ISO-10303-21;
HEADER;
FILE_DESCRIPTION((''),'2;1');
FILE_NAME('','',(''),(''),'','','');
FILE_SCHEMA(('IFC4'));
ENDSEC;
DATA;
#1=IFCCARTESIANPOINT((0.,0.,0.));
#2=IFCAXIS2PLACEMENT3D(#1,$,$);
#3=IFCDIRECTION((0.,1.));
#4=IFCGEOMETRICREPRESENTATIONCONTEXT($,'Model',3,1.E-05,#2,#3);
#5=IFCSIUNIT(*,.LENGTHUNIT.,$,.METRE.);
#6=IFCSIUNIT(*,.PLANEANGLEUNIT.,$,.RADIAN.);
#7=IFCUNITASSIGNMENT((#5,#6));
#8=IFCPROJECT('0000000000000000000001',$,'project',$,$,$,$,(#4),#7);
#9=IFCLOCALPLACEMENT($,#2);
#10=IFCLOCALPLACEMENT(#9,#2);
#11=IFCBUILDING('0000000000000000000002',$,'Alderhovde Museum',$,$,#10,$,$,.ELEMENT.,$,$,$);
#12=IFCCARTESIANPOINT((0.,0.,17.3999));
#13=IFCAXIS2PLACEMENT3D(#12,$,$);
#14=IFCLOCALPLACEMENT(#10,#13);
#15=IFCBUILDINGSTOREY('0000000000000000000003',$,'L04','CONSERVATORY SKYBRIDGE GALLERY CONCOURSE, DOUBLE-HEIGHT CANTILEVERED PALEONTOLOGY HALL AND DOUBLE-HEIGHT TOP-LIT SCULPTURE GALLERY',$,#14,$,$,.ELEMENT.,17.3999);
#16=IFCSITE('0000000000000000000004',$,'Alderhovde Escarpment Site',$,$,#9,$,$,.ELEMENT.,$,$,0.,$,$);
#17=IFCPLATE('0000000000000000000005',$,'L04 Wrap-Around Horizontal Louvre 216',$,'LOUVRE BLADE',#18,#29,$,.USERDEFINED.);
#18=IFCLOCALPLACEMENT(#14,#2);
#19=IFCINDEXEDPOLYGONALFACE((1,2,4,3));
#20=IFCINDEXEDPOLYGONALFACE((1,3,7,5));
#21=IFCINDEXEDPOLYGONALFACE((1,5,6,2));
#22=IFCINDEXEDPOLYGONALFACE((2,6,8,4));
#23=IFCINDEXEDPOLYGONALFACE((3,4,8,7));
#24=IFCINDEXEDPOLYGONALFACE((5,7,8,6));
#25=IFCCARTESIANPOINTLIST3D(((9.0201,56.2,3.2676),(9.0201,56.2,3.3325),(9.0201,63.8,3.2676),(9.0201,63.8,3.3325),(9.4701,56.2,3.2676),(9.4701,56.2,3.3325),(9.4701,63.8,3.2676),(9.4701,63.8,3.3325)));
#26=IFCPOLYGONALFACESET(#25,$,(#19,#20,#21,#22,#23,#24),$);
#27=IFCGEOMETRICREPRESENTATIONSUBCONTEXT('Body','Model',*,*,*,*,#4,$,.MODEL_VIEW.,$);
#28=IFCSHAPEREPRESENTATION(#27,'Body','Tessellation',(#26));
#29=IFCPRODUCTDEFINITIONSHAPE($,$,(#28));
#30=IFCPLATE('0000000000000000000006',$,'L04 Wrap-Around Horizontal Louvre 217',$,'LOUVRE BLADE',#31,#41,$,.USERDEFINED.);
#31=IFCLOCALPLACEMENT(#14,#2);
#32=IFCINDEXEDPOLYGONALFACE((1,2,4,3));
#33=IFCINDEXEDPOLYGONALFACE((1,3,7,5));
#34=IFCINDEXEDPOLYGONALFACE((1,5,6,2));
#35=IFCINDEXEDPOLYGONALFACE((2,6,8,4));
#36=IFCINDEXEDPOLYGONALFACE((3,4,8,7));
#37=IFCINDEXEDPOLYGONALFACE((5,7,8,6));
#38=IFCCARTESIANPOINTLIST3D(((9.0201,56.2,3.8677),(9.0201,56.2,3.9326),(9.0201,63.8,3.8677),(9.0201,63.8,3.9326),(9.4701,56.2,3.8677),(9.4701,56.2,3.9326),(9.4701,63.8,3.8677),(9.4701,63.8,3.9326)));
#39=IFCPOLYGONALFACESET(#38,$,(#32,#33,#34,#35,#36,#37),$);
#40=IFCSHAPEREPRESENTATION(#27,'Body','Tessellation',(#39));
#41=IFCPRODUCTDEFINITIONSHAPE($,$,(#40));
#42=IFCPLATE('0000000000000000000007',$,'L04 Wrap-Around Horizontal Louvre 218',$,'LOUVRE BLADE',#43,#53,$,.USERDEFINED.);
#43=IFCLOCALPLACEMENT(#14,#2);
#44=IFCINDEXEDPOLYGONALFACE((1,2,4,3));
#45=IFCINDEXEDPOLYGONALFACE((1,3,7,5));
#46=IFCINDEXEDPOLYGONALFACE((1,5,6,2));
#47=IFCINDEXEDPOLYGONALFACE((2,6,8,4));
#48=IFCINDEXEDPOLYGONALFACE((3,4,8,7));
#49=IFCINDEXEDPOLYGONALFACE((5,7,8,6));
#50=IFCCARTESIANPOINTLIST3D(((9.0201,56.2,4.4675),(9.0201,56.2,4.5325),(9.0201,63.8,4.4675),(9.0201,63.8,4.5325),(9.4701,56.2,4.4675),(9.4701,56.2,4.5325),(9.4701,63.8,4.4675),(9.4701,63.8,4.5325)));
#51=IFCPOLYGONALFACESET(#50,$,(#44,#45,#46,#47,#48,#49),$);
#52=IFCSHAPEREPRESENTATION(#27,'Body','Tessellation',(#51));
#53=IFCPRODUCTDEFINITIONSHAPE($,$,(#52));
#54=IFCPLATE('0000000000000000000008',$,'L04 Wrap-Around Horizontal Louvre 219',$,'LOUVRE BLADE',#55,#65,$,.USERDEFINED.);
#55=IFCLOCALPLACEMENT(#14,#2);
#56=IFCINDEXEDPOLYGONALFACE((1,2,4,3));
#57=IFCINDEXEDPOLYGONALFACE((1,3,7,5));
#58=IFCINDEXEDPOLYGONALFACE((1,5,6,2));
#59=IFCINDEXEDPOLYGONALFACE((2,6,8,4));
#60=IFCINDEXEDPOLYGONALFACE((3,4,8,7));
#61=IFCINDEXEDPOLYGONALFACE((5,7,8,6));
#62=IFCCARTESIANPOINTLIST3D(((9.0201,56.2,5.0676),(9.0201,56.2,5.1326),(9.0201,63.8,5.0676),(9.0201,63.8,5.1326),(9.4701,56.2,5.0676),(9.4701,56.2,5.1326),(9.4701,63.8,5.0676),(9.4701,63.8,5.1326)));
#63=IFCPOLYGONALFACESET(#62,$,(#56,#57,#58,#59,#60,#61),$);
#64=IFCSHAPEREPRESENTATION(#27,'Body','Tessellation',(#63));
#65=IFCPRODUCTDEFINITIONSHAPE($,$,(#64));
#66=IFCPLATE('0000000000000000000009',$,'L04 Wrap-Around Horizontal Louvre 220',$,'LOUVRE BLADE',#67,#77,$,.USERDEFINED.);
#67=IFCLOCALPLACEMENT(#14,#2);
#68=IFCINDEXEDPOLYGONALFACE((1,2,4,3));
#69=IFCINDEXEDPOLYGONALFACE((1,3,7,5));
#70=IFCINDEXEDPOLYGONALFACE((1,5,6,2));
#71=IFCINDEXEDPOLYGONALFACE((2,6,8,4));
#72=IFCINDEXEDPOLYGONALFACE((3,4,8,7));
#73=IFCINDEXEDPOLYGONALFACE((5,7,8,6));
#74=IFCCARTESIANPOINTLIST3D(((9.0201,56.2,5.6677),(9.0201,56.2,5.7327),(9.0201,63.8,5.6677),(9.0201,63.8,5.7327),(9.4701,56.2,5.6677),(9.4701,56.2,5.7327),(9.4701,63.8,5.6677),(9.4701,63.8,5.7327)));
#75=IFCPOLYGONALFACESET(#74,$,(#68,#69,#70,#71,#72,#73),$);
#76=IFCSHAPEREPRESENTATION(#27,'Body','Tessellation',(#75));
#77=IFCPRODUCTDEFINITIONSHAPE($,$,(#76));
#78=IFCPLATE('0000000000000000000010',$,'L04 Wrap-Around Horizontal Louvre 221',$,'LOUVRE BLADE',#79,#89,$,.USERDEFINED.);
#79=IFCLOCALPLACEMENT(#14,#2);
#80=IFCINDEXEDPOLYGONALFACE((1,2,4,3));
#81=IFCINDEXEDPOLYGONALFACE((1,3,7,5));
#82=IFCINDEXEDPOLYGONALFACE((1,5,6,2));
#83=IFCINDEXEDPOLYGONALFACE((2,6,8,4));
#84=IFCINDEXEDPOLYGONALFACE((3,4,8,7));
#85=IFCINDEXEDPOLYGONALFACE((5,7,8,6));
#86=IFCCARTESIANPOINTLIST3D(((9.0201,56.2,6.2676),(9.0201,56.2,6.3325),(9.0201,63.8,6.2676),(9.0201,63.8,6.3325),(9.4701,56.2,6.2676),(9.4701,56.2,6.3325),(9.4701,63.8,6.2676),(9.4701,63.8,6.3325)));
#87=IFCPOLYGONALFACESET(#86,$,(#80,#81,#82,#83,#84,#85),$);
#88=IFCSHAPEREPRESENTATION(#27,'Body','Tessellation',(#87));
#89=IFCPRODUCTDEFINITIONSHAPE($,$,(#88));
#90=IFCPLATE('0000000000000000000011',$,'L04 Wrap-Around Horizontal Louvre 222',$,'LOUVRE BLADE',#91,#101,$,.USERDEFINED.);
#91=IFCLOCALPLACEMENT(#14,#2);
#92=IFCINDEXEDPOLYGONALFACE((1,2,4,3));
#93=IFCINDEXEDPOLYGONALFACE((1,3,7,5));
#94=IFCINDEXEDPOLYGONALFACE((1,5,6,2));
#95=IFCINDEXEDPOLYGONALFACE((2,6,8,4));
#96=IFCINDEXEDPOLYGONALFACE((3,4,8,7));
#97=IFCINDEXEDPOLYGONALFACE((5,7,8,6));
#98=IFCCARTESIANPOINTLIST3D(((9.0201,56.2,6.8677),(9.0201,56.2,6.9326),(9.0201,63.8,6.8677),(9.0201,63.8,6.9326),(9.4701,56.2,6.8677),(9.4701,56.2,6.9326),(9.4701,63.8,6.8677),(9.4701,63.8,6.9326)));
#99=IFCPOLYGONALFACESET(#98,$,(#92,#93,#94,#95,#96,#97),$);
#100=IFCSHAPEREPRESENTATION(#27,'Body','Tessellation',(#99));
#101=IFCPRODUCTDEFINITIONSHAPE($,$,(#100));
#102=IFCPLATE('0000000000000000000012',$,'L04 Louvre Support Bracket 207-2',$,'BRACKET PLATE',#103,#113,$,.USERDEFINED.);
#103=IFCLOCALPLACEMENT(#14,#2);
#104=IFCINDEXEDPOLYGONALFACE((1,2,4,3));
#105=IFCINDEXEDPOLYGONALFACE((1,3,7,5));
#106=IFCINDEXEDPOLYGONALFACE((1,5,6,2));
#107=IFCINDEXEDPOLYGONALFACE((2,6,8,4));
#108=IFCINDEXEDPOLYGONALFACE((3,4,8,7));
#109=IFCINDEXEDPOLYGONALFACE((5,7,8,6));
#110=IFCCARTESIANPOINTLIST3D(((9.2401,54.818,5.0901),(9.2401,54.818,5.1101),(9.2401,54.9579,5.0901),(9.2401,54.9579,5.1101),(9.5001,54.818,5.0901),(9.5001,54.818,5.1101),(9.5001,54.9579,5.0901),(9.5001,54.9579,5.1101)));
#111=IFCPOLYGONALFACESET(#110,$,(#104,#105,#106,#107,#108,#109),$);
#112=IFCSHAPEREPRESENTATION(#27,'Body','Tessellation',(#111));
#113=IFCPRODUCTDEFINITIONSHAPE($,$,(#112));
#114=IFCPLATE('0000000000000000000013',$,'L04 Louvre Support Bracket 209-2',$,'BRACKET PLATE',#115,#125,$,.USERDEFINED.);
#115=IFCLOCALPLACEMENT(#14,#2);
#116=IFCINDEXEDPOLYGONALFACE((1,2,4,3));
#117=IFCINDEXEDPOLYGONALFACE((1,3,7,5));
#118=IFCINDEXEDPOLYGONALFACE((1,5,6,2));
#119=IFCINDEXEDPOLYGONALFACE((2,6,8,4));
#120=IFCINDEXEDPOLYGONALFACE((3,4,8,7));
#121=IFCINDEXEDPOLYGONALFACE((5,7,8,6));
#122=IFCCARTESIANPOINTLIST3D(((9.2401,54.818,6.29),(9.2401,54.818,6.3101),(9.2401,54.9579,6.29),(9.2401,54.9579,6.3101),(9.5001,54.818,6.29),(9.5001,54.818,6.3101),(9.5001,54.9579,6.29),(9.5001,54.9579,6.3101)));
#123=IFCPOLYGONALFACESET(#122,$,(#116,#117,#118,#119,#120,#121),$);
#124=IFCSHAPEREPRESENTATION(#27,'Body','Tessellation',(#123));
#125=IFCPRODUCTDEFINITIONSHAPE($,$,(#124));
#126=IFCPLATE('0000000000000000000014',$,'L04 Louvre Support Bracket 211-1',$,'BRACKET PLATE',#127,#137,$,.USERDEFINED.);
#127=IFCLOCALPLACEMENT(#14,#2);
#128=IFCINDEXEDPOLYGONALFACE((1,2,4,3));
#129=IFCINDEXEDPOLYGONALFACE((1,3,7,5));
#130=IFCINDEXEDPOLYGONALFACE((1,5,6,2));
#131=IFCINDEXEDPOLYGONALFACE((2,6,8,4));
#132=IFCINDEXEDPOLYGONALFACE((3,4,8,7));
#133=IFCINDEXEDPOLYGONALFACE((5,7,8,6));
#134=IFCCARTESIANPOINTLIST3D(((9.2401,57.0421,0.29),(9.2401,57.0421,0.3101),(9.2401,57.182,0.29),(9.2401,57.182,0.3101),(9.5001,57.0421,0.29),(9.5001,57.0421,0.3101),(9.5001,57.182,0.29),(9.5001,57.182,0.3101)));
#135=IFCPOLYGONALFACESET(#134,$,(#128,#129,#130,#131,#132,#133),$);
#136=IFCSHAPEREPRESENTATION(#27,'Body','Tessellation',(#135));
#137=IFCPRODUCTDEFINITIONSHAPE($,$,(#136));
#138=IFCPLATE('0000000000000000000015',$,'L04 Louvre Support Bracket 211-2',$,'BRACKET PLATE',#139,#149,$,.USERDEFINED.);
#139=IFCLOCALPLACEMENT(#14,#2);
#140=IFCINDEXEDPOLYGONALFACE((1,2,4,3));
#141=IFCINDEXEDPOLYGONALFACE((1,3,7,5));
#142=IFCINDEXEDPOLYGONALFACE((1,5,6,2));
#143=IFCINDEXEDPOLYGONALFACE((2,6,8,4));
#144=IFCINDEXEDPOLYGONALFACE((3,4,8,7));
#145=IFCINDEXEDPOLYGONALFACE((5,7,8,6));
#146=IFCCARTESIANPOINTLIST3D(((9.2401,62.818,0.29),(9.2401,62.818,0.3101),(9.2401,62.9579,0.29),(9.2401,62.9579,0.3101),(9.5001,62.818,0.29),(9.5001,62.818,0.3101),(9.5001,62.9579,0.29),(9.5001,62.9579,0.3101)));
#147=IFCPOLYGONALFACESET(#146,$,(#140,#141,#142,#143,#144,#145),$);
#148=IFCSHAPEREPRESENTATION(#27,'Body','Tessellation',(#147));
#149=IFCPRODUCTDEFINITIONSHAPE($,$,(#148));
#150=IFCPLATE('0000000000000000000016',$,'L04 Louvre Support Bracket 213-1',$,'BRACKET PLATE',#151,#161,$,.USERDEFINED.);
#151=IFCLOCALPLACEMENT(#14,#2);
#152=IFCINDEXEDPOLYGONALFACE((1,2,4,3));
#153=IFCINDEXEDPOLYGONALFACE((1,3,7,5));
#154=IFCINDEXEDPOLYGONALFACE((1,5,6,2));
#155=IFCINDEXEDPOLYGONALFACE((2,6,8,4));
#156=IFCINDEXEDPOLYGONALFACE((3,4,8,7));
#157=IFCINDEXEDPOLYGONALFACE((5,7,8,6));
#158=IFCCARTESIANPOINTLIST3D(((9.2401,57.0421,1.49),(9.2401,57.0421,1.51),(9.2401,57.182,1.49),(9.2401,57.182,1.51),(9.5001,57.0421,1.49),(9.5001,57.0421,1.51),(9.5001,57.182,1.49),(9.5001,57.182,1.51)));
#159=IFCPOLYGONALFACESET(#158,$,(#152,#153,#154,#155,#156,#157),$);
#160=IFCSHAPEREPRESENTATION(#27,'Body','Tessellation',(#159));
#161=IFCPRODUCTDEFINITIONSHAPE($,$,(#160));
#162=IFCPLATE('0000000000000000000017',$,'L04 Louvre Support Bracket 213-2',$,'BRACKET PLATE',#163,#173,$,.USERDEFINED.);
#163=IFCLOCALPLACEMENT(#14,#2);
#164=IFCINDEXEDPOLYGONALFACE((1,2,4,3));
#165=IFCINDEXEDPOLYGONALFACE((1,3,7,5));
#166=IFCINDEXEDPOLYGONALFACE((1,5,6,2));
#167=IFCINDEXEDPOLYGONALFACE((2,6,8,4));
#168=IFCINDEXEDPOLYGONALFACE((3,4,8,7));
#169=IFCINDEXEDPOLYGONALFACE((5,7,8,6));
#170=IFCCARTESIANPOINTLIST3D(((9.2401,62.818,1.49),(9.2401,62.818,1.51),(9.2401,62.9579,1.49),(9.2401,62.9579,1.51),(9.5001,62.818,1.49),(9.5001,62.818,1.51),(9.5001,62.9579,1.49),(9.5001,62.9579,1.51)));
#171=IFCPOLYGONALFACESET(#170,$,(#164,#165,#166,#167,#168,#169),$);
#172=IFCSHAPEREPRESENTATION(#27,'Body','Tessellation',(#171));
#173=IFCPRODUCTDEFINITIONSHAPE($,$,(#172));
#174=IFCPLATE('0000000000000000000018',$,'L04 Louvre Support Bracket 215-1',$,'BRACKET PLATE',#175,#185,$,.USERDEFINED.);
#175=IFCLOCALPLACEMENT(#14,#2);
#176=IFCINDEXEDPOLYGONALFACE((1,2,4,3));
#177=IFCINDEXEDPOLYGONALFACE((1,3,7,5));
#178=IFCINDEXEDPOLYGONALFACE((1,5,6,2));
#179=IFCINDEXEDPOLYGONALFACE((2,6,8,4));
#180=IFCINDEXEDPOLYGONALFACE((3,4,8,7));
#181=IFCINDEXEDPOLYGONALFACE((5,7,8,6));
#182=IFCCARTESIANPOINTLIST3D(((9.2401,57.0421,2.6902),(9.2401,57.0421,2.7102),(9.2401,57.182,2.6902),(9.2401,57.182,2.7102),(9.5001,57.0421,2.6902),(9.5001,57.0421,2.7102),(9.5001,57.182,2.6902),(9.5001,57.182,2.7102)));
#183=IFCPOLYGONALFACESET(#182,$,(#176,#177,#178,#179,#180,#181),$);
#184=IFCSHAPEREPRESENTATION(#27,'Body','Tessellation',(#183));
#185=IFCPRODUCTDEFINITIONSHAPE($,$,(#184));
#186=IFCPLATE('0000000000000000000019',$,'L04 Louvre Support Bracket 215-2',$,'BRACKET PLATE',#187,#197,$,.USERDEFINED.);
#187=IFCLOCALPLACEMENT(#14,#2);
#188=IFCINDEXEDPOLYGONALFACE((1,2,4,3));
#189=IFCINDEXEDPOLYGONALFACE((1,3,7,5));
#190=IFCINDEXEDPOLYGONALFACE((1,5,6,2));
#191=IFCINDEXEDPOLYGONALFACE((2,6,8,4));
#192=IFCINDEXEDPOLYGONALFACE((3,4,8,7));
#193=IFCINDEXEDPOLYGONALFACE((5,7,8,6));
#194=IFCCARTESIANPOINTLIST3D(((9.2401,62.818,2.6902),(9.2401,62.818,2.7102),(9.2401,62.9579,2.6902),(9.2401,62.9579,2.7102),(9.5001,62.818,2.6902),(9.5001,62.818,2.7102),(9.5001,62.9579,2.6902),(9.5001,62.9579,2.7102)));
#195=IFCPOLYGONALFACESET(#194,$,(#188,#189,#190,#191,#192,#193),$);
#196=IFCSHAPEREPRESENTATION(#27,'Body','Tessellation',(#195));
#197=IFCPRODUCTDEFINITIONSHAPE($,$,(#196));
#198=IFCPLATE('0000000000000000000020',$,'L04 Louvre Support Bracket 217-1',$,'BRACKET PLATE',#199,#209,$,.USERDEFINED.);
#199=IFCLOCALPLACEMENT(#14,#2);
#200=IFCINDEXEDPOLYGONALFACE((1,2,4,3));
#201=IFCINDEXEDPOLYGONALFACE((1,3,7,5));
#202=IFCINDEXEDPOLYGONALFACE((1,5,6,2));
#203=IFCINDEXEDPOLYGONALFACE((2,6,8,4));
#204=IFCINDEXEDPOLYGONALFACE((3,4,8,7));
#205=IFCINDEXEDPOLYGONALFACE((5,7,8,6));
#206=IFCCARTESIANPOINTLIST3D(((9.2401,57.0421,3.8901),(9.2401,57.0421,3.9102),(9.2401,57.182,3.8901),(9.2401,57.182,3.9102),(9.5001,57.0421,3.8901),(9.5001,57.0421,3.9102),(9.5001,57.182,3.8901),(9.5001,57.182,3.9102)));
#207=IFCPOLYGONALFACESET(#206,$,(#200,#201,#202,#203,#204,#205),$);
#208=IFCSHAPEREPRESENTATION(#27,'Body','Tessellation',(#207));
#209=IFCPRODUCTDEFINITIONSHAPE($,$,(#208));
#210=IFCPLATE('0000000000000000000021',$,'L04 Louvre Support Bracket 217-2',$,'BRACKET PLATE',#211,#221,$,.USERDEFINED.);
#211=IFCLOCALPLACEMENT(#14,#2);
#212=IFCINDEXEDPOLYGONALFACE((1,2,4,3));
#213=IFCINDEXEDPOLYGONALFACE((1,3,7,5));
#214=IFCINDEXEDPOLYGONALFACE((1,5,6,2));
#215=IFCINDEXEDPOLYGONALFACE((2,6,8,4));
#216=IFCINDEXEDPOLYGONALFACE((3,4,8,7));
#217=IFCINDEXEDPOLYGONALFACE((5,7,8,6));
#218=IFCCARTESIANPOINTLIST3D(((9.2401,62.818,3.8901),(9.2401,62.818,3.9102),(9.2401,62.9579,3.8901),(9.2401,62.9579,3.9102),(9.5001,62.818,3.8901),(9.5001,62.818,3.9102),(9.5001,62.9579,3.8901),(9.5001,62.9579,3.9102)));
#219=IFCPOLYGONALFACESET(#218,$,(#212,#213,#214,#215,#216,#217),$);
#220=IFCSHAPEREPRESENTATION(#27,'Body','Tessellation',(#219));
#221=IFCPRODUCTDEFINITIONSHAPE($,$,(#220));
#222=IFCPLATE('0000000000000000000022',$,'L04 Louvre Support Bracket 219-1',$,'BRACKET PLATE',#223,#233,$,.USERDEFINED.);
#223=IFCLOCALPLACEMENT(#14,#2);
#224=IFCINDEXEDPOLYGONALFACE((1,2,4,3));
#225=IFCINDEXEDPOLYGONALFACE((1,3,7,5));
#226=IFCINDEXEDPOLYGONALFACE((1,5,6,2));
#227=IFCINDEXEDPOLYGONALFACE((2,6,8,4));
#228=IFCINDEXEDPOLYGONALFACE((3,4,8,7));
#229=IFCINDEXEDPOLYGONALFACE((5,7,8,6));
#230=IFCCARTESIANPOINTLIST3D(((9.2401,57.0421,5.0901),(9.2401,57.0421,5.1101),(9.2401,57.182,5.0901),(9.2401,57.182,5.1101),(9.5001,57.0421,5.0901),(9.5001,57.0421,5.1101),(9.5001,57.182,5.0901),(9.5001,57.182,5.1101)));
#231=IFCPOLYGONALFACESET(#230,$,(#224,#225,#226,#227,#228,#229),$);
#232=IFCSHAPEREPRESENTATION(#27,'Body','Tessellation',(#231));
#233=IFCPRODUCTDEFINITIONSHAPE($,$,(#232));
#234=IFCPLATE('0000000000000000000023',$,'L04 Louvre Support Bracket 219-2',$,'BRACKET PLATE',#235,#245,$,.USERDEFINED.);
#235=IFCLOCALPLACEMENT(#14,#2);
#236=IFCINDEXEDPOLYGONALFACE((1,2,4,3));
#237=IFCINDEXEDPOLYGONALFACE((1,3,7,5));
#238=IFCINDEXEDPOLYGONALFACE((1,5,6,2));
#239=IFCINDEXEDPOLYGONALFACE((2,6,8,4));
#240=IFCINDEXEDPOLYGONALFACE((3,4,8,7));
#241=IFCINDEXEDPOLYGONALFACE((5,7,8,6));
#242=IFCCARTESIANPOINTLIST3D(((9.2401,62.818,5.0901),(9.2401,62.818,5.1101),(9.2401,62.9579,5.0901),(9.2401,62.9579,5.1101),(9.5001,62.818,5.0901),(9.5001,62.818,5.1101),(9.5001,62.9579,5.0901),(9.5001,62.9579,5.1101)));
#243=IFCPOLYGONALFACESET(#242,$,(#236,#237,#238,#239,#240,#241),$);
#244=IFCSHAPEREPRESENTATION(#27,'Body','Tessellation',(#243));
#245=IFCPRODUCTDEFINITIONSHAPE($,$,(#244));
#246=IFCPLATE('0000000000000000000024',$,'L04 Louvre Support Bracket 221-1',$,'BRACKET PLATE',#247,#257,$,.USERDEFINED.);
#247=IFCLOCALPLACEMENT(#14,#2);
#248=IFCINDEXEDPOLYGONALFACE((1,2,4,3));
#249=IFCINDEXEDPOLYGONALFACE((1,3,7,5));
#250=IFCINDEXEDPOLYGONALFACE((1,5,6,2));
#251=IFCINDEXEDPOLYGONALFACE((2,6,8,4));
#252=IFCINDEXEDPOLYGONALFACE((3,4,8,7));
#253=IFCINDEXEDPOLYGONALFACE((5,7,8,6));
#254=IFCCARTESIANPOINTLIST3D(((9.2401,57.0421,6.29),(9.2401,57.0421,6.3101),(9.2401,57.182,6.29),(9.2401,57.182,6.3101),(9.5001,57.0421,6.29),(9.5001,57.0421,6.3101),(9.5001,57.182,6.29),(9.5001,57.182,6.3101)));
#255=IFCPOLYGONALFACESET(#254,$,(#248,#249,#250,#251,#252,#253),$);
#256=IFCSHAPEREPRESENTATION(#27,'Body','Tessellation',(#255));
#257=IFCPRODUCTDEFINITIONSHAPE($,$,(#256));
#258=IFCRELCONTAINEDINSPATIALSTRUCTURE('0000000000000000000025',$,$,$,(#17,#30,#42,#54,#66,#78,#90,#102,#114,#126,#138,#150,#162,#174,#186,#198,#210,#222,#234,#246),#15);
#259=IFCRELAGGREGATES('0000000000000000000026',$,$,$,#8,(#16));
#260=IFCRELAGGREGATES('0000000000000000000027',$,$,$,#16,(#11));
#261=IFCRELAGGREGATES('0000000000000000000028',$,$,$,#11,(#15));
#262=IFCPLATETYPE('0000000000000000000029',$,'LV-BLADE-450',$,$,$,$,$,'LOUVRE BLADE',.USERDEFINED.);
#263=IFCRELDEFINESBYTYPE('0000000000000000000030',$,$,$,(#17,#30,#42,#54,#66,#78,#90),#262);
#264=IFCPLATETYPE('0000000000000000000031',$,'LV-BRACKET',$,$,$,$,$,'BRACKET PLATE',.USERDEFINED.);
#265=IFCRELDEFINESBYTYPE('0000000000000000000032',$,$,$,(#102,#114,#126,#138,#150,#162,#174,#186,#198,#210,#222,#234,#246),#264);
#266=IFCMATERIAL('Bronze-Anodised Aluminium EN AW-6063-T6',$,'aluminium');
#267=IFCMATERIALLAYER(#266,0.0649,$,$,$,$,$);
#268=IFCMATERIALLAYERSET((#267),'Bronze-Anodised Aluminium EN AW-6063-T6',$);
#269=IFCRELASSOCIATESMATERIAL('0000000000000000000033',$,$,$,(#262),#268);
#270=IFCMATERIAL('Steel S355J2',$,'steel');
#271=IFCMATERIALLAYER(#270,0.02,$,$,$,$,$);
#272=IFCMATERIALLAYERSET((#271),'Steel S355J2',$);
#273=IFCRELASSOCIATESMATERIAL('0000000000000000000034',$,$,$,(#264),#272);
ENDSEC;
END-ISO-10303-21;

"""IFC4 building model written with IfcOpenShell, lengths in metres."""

from ifc_helpers import new_model, si_unit, direction, frame, origin, origin_2d, place, context, subcontext, project, spatial, rectangle, extrude, material, layer, layer_set, type_object, element, save


model = new_model("IFC4")

# Units and contexts
model_context = context("Model", 3, precision=1e-05, world=origin(), true_north=direction((0.0, 1.0)))
body_context = subcontext(model_context, "Body", "Model", "MODEL_VIEW")
ifc_project = project(units=[si_unit("LENGTHUNIT", "METRE"), si_unit("PLANEANGLEUNIT", "RADIAN")], contexts=[model_context])

# Site, building, storey
site_placement = place(None, origin())
site = spatial("IfcSite", under=ifc_project, at=site_placement, Name="Alderhovde Escarpment Site", CompositionType="ELEMENT", RefElevation=0.0)
building_placement = place(site_placement, origin())
building = spatial("IfcBuilding", under=site, at=building_placement, Name="Alderhovde Museum", CompositionType="ELEMENT")
storey_placement = place(building_placement, frame((0.0, 0.0, 17.3999)))
storey = spatial("IfcBuildingStorey", under=building, at=storey_placement, Name="L04", Description="CONSERVATORY SKYBRIDGE GALLERY CONCOURSE, DOUBLE-HEIGHT CANTILEVERED PALEONTOLOGY HALL AND DOUBLE-HEIGHT TOP-LIT SCULPTURE GALLERY", CompositionType="ELEMENT", Elevation=17.3999)

# Plates
ifc_material_1 = material(Name="Bronze-Anodised Aluminium EN AW-6063-T6", Category="aluminium")
ifc_layer_1 = layer(ifc_material_1, 0.0649)
ifc_layer_set_1 = layer_set([ifc_layer_1], Name="Bronze-Anodised Aluminium EN AW-6063-T6")
plate_type_1 = type_object("IfcPlateType", Name="LV-BLADE-450", ElementType="LOUVRE BLADE", PredefinedType="USERDEFINED", material=ifc_layer_set_1)
for number, where, z_axis, x_axis, name in (
    (1, (9.2451, 60.0, 3.2676), (0.0, 0.0, 1.0), (0.0, 1.0, 0.0), "L04 Wrap-Around Horizontal Louvre 216"),
    (2, (9.2451, 60.0, 3.8677), (0.0, 0.0, 1.0), (0.0, 1.0, 0.0), "L04 Wrap-Around Horizontal Louvre 217"),
    (3, (9.2451, 60.0, 4.4675), (0.0, 0.0, 1.0), (0.0, 1.0, 0.0), "L04 Wrap-Around Horizontal Louvre 218"),
    (4, (9.2451, 60.0, 5.0676), (0.0, 0.0, 1.0), (0.0, 1.0, 0.0), "L04 Wrap-Around Horizontal Louvre 219"),
    (5, (9.2451, 60.0, 5.6677), (0.0, 0.0, 1.0), (0.0, 1.0, 0.0), "L04 Wrap-Around Horizontal Louvre 220"),
    (6, (9.2451, 60.0, 6.2676), (0.0, 0.0, 1.0), (0.0, 1.0, 0.0), "L04 Wrap-Around Horizontal Louvre 221"),
    (7, (9.2451, 60.0, 6.8677), (0.0, 0.0, 1.0), (0.0, 1.0, 0.0), "L04 Wrap-Around Horizontal Louvre 222"),
):
    element("IfcPlate", number, at=place(storey_placement, frame(where, z_axis=z_axis, x_axis=x_axis)), inside=storey, type_object=plate_type_1, Name=name, ObjectType="LOUVRE BLADE", PredefinedType="USERDEFINED", context=body_context, shape_type="SweptSolid", body=[
        extrude(rectangle(XDim=7.6001, YDim=0.45, at=origin_2d()), origin(), (0.0, 0.0, 1.0), 0.0649),
    ])
ifc_material_2 = material(Name="Steel S355J2", Category="steel")
ifc_layer_2 = layer(ifc_material_2, 0.02)
ifc_layer_set_2 = layer_set([ifc_layer_2], Name="Steel S355J2")
plate_type_2 = type_object("IfcPlateType", Name="LV-BRACKET", ElementType="BRACKET PLATE", PredefinedType="USERDEFINED", material=ifc_layer_set_2)
for number, where, z_axis, x_axis, name in (
    (8, (9.3701, 54.8879, 5.0901), (0.0, 0.0, 1.0), (0.0, 1.0, 0.0), "L04 Louvre Support Bracket 207-2"),
    (9, (9.3701, 54.8879, 6.29), (0.0, 0.0, 1.0), (0.0, 1.0, 0.0), "L04 Louvre Support Bracket 209-2"),
    (10, (9.3701, 57.1121, 0.29), (0.0, 0.0, 1.0), (0.0, 1.0, 0.0), "L04 Louvre Support Bracket 211-1"),
    (11, (9.3701, 62.8879, 0.29), (0.0, 0.0, 1.0), (0.0, 1.0, 0.0), "L04 Louvre Support Bracket 211-2"),
    (12, (9.3701, 57.1121, 1.49), (0.0, 0.0, 1.0), (0.0, 1.0, 0.0), "L04 Louvre Support Bracket 213-1"),
    (13, (9.3701, 62.8879, 1.49), (0.0, 0.0, 1.0), (0.0, 1.0, 0.0), "L04 Louvre Support Bracket 213-2"),
    (14, (9.3701, 57.1121, 2.6902), (0.0, 0.0, 1.0), (0.0, 1.0, 0.0), "L04 Louvre Support Bracket 215-1"),
    (15, (9.3701, 62.8879, 2.6902), (0.0, 0.0, 1.0), (0.0, 1.0, 0.0), "L04 Louvre Support Bracket 215-2"),
    (16, (9.3701, 57.1121, 3.8901), (0.0, 0.0, 1.0), (0.0, 1.0, 0.0), "L04 Louvre Support Bracket 217-1"),
    (17, (9.3701, 62.8879, 3.8901), (0.0, 0.0, 1.0), (0.0, 1.0, 0.0), "L04 Louvre Support Bracket 217-2"),
    (18, (9.3701, 57.1121, 5.0901), (0.0, 0.0, 1.0), (0.0, 1.0, 0.0), "L04 Louvre Support Bracket 219-1"),
    (19, (9.3701, 62.8879, 5.0901), (0.0, 0.0, 1.0), (0.0, 1.0, 0.0), "L04 Louvre Support Bracket 219-2"),
    (20, (9.3701, 57.1121, 6.29), (0.0, 0.0, 1.0), (0.0, 1.0, 0.0), "L04 Louvre Support Bracket 221-1"),
):
    element("IfcPlate", number, at=place(storey_placement, frame(where, z_axis=z_axis, x_axis=x_axis)), inside=storey, type_object=plate_type_2, Name=name, ObjectType="BRACKET PLATE", PredefinedType="USERDEFINED", context=body_context, shape_type="SweptSolid", body=[
        extrude(rectangle(XDim=0.1399, YDim=0.26, at=origin_2d()), origin(), (0.0, 0.0, 1.0), 0.02),
    ])

save(model, "model.ifc")
